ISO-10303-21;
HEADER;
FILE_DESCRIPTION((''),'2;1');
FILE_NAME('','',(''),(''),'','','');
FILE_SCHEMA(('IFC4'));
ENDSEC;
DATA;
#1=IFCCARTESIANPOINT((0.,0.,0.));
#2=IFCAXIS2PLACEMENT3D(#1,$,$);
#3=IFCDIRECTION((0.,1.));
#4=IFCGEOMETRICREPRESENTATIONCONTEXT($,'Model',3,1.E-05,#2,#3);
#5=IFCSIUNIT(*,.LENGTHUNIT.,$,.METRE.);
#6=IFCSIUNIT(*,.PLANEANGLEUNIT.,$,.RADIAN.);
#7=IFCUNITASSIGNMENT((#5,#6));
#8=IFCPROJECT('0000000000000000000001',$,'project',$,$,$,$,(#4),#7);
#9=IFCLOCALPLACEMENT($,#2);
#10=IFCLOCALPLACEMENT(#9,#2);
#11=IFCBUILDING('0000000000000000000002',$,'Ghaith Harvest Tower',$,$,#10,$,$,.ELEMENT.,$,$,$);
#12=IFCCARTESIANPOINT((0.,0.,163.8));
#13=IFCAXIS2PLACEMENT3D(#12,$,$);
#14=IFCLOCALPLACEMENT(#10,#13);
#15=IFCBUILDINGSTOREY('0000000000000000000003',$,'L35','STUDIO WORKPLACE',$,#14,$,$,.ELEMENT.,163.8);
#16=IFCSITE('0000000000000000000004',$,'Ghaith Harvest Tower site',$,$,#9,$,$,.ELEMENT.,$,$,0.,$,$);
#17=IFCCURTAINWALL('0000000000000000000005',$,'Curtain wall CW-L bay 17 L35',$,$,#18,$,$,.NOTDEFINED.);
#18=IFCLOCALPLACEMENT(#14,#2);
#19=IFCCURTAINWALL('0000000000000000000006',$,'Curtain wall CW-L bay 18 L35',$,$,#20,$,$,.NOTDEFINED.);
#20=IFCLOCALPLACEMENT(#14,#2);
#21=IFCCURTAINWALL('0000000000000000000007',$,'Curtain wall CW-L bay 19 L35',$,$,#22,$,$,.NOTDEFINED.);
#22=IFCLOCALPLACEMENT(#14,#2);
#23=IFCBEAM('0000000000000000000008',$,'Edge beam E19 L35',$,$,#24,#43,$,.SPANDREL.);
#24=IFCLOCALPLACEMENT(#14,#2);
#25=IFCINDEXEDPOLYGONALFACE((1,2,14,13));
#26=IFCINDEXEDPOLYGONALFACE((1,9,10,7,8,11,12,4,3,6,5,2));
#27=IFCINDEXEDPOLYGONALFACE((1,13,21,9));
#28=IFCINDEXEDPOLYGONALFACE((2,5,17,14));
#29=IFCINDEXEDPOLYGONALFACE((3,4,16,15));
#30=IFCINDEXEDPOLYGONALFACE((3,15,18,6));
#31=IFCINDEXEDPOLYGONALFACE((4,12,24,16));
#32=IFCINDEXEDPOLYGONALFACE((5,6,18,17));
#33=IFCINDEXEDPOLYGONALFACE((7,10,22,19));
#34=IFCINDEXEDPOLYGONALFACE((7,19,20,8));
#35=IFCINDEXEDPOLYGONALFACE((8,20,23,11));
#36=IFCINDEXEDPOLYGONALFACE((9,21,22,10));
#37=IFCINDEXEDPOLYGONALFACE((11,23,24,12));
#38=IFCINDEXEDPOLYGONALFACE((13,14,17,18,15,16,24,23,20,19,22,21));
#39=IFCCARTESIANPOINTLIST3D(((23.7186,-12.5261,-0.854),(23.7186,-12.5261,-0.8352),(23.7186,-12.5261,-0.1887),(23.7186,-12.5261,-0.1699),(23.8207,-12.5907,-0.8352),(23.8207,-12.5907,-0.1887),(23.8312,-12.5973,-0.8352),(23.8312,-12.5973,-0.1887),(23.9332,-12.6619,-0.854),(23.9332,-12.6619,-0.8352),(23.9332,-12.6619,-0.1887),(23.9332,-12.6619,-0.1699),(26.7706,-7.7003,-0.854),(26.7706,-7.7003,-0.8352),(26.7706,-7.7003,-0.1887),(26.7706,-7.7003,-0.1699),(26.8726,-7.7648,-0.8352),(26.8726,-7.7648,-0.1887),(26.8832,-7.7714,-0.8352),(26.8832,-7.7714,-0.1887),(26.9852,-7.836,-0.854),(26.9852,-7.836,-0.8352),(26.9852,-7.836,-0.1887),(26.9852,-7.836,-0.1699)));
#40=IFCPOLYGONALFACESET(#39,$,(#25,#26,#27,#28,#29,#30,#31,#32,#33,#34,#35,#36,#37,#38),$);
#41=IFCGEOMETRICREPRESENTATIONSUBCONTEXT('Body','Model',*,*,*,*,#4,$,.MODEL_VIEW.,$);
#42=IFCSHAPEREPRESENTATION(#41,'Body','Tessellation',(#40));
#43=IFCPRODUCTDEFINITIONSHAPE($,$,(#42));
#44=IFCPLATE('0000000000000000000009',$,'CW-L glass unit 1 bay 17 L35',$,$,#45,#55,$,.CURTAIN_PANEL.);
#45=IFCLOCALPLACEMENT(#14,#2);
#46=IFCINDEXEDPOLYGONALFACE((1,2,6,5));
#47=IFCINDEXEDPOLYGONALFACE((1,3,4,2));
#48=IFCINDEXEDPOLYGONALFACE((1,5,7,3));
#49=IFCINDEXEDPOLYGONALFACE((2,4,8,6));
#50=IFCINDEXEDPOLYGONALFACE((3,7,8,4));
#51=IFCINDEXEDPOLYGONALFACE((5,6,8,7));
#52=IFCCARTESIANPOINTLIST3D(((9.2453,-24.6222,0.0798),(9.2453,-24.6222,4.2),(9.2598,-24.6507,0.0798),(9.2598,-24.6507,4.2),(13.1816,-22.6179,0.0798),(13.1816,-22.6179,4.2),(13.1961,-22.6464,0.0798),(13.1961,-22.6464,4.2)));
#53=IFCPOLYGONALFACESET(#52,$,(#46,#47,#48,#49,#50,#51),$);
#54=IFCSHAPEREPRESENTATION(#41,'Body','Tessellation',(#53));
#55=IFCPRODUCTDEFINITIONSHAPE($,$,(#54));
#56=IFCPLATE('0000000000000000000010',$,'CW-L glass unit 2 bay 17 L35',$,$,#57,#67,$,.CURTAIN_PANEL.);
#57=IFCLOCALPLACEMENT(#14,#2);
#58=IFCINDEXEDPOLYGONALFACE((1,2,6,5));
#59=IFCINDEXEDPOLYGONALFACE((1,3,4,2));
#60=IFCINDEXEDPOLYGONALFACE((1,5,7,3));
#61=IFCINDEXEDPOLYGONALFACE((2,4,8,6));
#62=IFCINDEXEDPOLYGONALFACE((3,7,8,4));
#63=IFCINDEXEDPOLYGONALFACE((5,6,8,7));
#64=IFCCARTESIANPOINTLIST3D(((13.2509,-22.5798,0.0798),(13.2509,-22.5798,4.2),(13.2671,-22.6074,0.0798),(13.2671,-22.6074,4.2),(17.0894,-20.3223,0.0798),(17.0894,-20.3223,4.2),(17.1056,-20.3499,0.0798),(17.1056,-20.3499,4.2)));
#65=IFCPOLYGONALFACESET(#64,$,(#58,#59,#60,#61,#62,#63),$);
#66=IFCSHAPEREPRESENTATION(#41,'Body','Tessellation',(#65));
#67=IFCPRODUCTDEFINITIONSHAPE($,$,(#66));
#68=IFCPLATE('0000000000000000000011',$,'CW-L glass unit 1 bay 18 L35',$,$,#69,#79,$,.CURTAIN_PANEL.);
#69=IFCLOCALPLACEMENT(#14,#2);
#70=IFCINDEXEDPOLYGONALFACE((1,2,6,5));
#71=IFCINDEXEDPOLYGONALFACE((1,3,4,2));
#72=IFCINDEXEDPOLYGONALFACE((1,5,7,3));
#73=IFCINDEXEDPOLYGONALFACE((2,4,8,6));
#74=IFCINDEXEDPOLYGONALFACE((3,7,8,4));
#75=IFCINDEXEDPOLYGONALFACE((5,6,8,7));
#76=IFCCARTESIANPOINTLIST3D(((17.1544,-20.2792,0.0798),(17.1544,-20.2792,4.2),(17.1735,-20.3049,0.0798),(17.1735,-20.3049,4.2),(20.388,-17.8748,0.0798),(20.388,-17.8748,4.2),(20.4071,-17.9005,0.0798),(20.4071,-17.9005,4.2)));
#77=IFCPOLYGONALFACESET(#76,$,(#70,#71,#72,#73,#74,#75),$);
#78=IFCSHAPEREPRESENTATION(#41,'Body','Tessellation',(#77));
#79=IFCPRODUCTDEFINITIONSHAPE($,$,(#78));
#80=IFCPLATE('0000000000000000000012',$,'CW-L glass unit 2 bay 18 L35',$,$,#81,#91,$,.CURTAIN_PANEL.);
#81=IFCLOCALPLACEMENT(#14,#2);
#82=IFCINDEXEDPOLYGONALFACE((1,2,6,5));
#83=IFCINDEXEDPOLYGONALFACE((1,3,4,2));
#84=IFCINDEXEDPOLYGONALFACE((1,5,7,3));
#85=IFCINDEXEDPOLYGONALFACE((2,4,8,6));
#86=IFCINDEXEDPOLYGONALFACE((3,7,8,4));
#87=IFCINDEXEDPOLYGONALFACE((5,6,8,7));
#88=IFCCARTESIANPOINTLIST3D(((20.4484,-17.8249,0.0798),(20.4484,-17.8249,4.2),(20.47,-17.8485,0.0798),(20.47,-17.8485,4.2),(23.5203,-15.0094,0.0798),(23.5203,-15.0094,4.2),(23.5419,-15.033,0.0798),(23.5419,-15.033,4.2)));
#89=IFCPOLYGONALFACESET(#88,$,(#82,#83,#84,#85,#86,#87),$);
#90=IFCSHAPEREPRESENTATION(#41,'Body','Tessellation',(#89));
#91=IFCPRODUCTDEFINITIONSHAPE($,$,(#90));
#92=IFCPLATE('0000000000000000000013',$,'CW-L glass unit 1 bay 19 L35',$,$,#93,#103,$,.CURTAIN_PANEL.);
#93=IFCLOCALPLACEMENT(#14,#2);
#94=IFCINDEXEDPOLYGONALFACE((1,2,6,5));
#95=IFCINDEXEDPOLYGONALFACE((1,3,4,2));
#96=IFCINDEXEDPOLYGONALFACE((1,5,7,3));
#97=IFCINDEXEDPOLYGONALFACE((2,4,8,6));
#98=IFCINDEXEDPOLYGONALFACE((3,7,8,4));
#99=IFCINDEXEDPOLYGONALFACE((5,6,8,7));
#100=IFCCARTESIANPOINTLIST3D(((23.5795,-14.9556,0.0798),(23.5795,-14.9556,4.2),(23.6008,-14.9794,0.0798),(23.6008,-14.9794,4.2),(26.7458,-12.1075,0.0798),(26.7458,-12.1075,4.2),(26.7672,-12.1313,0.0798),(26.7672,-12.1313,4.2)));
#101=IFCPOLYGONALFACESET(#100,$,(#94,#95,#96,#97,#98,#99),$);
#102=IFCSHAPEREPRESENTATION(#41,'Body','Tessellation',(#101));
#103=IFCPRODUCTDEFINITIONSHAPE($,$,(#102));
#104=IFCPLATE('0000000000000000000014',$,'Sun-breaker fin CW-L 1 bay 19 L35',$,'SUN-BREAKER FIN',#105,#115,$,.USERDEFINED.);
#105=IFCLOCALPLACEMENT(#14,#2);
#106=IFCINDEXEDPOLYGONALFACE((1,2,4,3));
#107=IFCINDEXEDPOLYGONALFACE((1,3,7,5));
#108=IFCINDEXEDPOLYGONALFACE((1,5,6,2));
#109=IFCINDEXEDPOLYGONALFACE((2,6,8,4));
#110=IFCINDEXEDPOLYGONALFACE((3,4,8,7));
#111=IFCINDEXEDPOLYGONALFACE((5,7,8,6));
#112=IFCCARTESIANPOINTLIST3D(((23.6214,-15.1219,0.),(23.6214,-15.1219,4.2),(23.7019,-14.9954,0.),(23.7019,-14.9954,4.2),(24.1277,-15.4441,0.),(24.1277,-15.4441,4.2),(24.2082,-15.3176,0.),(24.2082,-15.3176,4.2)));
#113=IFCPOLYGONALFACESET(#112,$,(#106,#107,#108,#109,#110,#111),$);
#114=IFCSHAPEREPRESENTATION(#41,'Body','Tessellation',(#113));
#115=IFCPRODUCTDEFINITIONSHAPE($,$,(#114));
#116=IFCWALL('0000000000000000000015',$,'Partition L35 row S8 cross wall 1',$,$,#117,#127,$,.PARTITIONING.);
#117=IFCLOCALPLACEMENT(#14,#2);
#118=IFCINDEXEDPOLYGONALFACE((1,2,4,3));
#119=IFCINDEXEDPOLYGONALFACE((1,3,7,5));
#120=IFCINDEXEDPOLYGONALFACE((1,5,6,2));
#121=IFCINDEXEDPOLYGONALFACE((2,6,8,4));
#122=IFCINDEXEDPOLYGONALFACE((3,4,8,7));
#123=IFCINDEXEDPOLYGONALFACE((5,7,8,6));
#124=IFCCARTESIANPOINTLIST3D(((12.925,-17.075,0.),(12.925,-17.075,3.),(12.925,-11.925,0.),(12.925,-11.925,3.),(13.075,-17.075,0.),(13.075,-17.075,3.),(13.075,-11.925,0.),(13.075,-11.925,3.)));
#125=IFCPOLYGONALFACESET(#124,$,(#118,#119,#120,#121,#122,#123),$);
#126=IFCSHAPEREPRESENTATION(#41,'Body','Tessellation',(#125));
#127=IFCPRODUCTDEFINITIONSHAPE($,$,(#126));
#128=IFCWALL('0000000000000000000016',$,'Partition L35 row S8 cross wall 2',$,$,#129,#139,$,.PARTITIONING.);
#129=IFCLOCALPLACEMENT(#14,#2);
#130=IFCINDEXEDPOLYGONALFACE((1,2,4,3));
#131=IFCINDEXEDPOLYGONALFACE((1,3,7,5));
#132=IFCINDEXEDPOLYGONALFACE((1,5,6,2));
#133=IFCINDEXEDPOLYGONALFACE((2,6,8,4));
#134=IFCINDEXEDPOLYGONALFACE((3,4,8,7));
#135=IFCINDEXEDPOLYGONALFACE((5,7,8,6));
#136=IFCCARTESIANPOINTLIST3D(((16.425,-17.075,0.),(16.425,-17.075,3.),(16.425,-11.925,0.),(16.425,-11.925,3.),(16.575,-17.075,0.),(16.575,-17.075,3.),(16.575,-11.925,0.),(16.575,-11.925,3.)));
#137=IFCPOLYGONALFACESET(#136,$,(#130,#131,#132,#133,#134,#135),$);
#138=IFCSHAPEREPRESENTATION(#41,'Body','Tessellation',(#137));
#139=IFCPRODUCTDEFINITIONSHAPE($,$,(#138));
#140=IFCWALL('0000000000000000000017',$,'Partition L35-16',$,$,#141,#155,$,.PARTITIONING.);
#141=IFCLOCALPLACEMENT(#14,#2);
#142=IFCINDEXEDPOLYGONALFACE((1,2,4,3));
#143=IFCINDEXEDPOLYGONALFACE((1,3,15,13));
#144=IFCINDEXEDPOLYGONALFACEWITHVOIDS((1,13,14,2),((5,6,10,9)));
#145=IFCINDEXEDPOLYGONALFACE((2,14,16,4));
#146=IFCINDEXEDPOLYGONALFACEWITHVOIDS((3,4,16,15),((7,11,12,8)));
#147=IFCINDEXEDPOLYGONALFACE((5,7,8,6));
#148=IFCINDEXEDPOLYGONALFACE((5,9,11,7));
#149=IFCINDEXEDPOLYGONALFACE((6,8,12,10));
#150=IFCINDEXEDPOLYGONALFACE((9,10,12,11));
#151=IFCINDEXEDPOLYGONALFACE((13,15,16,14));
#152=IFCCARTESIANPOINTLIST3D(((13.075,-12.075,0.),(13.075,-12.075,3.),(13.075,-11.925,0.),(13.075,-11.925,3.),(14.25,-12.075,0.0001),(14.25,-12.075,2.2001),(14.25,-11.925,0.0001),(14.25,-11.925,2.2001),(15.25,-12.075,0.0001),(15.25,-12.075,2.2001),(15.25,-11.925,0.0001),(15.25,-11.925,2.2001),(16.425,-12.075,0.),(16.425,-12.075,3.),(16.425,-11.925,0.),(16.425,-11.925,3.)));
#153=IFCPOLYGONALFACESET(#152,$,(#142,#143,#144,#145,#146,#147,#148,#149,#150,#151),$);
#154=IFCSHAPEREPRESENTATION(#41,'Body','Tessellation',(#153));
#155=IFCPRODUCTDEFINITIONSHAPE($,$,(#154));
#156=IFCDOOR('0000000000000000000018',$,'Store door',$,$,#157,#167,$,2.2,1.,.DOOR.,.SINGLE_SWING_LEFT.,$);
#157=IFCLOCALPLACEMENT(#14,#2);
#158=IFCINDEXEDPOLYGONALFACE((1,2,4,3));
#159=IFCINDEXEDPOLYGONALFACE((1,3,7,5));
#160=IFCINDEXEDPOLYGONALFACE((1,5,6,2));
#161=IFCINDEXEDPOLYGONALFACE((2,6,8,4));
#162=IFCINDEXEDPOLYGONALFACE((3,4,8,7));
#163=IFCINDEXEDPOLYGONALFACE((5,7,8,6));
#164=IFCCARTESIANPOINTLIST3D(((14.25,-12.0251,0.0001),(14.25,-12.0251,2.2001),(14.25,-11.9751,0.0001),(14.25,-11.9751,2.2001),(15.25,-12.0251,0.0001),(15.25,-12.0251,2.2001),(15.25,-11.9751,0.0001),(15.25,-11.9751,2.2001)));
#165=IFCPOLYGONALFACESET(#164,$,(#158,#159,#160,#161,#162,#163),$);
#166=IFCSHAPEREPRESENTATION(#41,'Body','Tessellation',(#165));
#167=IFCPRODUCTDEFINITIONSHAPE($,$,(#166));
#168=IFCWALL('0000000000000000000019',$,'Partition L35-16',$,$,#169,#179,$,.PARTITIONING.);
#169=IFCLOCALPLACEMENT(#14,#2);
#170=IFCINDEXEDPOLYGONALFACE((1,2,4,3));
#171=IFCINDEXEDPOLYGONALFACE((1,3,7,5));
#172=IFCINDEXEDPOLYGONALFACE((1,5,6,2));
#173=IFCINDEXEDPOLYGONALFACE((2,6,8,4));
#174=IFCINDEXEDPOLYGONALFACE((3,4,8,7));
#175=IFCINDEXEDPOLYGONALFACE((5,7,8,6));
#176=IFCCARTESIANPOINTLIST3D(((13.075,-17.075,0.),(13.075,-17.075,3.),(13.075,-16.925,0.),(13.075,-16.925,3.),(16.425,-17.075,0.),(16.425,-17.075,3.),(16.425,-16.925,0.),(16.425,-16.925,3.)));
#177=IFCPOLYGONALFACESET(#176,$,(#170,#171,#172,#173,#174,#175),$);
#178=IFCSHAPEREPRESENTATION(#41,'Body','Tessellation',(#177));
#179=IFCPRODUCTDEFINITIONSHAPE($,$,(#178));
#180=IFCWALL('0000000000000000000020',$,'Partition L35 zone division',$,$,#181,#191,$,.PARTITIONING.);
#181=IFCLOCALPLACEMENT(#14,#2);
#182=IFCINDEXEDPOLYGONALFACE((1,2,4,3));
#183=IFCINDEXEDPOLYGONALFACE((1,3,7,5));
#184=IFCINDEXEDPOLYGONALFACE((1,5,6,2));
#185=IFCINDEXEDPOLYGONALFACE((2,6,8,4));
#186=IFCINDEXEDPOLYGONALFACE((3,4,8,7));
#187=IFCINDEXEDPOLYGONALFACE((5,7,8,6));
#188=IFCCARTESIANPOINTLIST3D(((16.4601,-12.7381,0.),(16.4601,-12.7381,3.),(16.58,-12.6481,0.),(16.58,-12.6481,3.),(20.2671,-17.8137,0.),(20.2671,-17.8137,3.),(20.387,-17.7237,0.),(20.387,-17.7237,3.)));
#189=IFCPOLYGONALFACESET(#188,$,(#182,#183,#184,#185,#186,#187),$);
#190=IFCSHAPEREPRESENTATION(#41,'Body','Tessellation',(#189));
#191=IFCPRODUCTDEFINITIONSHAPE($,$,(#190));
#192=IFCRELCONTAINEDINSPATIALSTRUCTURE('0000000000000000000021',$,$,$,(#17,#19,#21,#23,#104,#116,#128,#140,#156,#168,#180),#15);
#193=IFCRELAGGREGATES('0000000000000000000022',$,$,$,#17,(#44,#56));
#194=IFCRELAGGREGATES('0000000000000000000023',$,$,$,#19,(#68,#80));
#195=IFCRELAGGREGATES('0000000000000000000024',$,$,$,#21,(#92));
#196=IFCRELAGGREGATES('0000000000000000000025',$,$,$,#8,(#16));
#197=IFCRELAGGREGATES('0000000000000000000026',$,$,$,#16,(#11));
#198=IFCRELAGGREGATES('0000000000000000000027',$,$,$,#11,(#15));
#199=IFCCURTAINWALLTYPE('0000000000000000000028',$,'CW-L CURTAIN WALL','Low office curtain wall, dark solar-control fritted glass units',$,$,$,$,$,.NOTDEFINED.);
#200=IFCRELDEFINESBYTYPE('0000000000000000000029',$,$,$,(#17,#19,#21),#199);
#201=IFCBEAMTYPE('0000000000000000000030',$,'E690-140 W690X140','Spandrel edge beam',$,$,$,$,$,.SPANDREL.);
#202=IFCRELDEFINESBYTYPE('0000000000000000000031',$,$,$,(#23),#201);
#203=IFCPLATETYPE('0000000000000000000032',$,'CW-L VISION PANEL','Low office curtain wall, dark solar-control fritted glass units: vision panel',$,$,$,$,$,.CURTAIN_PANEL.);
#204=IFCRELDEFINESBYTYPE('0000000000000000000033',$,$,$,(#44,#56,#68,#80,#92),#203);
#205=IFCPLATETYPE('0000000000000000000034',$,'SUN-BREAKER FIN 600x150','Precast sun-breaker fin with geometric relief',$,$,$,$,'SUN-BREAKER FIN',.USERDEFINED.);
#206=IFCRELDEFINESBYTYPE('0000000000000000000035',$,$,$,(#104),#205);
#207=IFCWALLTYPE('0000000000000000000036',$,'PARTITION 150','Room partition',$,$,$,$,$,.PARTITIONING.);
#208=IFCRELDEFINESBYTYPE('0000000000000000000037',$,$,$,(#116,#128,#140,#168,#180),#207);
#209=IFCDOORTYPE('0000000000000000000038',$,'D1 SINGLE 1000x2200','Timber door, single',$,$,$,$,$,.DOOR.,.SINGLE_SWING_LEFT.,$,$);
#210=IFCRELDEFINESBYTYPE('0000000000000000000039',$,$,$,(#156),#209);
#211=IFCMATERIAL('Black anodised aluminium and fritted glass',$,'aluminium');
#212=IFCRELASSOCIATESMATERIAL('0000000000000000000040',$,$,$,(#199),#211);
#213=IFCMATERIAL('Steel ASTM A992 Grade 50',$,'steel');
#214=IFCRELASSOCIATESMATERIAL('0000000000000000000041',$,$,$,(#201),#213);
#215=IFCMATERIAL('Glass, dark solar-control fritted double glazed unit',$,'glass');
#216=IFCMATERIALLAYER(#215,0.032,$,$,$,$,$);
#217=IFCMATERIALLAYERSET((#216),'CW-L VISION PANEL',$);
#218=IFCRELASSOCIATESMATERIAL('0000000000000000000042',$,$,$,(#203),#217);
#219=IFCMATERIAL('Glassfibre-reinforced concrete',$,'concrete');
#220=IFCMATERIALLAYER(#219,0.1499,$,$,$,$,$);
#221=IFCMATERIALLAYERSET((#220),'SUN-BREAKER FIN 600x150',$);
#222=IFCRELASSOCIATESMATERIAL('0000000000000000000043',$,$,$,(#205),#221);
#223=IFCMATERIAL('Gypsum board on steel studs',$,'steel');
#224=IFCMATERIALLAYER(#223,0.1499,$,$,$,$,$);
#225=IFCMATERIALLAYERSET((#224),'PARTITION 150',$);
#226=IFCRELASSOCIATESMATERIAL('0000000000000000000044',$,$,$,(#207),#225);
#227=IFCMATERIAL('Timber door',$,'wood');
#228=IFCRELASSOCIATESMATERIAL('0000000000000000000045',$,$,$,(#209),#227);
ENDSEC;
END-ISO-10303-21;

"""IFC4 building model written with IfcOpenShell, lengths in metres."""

from ifc_helpers import new_model, si_unit, direction, frame, frame_2d, origin, origin_2d, place, context, subcontext, project, spatial, rectangle, i_section, extrude, material, layer, layer_set, material_profile, profile_set, type_object, element, fill, aggregate, save


model = new_model("IFC4")

# Units and contexts
model_context = context("Model", 3, precision=1e-05, world=origin(), true_north=direction((0.0, 1.0)))
body_context = subcontext(model_context, "Body", "Model", "MODEL_VIEW")
ifc_project = project(units=[si_unit("LENGTHUNIT", "METRE"), si_unit("PLANEANGLEUNIT", "RADIAN")], contexts=[model_context])

# Site, building, storey
site_placement = place(None, origin())
site = spatial("IfcSite", under=ifc_project, at=site_placement, Name="Ghaith Harvest Tower site", CompositionType="ELEMENT", RefElevation=0.0)
building_placement = place(site_placement, origin())
building = spatial("IfcBuilding", under=site, at=building_placement, Name="Ghaith Harvest Tower", CompositionType="ELEMENT")
storey_placement = place(building_placement, frame((0.0, 0.0, 163.8)))
storey = spatial("IfcBuildingStorey", under=building, at=storey_placement, Name="L35", Description="STUDIO WORKPLACE", CompositionType="ELEMENT", Elevation=163.8)

# Curtain wall
ifc_material_1 = material(Name="Black anodised aluminium and fritted glass", Category="aluminium")
curtain_wall_type = type_object("IfcCurtainWallType", Name="CW-L CURTAIN WALL", Description="Low office curtain wall, dark solar-control fritted glass units", PredefinedType="NOTDEFINED", material=ifc_material_1)
curtain_wall_1_placement = place(storey_placement, origin())
curtain_wall_1 = element("IfcCurtainWall", 1, at=curtain_wall_1_placement, inside=storey, type_object=curtain_wall_type, Name="Curtain wall CW-L bay 17 L35", PredefinedType="NOTDEFINED")

# Curtain walls
curtain_wall_2_placement = place(storey_placement, origin())
curtain_wall_2 = element("IfcCurtainWall", 2, at=curtain_wall_2_placement, inside=storey, type_object=curtain_wall_type, Name="Curtain wall CW-L bay 18 L35", PredefinedType="NOTDEFINED")
curtain_wall_3_placement = place(storey_placement, origin())
curtain_wall_3 = element("IfcCurtainWall", 3, at=curtain_wall_3_placement, inside=storey, type_object=curtain_wall_type, Name="Curtain wall CW-L bay 19 L35", PredefinedType="NOTDEFINED")

# Beam
ifc_material_2 = material(Name="Steel ASTM A992 Grade 50", Category="steel")
ifc_material_profile_1 = material_profile(ifc_material_2, i_section(OverallWidth=0.2539, OverallDepth=0.6841, WebThickness=0.0125, FlangeThickness=0.0188, at=origin_2d()), Name="W690X140")
ifc_profile_set_1 = profile_set([ifc_material_profile_1], Name="Steel ASTM A992 Grade 50")
beam_type = type_object("IfcBeamType", Name="E690-140 W690X140", Description="Spandrel edge beam", PredefinedType="SPANDREL", material=ifc_profile_set_1)
beam_1_placement = place(storey_placement, frame((23.8259, -12.594, -0.512), z_axis=(0.5345, 0.845169, 0.0), x_axis=(-0.845169, 0.5345, 0.0)))
element("IfcBeam", 4, at=beam_1_placement, inside=storey, type_object=beam_type, Name="Edge beam E19 L35", PredefinedType="SPANDREL", context=body_context, shape_type="SweptSolid", body=[
    extrude(i_section(OverallWidth=0.2539, OverallDepth=0.6841, WebThickness=0.0125, FlangeThickness=0.0188, at=origin_2d()), origin(), (0.0, 0.0, 1.0), 5.71),
])

# Plates
ifc_material_3 = material(Name="Glass, dark solar-control fritted double glazed unit", Category="glass")
ifc_layer_1 = layer(ifc_material_3, 0.032)
ifc_layer_set_1 = layer_set([ifc_layer_1], Name="CW-L VISION PANEL")
plate_type_1 = type_object("IfcPlateType", Name="CW-L VISION PANEL", Description="Low office curtain wall, dark solar-control fritted glass units: vision panel", PredefinedType="CURTAIN_PANEL", material=ifc_layer_set_1)
plate_1_placement = place(storey_placement, frame((11.2207, -23.6343, 0.0798), z_axis=(0.0, 0.0, 1.0), x_axis=(0.891127, 0.453754, 0.0)))
plate_1 = element("IfcPlate", 5, at=plate_1_placement, type_object=plate_type_1, Name="CW-L glass unit 1 bay 17 L35", PredefinedType="CURTAIN_PANEL", context=body_context, shape_type="SweptSolid", body=[
    extrude(rectangle(XDim=4.4172, YDim=0.032, at=origin_2d()), origin(), (0.0, 0.0, 1.0), 4.1201),
])
plate_2_placement = place(storey_placement, frame((15.1782, -21.4648, 0.0798), z_axis=(0.0, 0.0, 1.0), x_axis=(0.861979, 0.506943, 0.0)))
plate_2 = element("IfcPlate", 6, at=plate_2_placement, type_object=plate_type_1, Name="CW-L glass unit 2 bay 17 L35", PredefinedType="CURTAIN_PANEL", context=body_context, shape_type="SweptSolid", body=[
    extrude(rectangle(XDim=4.4531, YDim=0.032, at=origin_2d()), origin(), (0.0, 0.0, 1.0), 4.1201),
])
aggregate(curtain_wall_1, [plate_1, plate_2])
plate_3_placement = place(storey_placement, frame((18.7808, -19.0898, 0.0798), z_axis=(0.0, 0.0, 1.0), x_axis=(0.802462, 0.596703, 0.0)))
plate_3 = element("IfcPlate", 7, at=plate_3_placement, type_object=plate_type_1, Name="CW-L glass unit 1 bay 18 L35", PredefinedType="CURTAIN_PANEL", context=body_context, shape_type="SweptSolid", body=[
    extrude(rectangle(XDim=4.0295, YDim=0.032, at=origin_2d()), origin(), (0.0, 0.0, 1.0), 4.1201),
])
plate_4_placement = place(storey_placement, frame((21.9951, -16.429, 0.0798), z_axis=(0.0, 0.0, 1.0), x_axis=(0.737202, 0.675673, 0.0)))
plate_4 = element("IfcPlate", 8, at=plate_4_placement, type_object=plate_type_1, Name="CW-L glass unit 2 bay 18 L35", PredefinedType="CURTAIN_PANEL", context=body_context, shape_type="SweptSolid", body=[
    extrude(rectangle(XDim=4.167, YDim=0.032, at=origin_2d()), origin(), (0.0, 0.0, 1.0), 4.1201),
])
aggregate(curtain_wall_2, [plate_3, plate_4])
plate_5_placement = place(storey_placement, frame((25.1733, -13.5435, 0.0798), z_axis=(0.0, 0.0, 1.0), x_axis=(0.743493, 0.668744, 0.0)))
plate_5 = element("IfcPlate", 9, at=plate_5_placement, type_object=plate_type_1, Name="CW-L glass unit 1 bay 19 L35", PredefinedType="CURTAIN_PANEL", context=body_context, shape_type="SweptSolid", body=[
    extrude(rectangle(XDim=4.2588, YDim=0.032, at=origin_2d()), origin(), (0.0, 0.0, 1.0), 4.1201),
])
aggregate(curtain_wall_3, [plate_5])
ifc_material_4 = material(Name="Glassfibre-reinforced concrete", Category="concrete")
ifc_layer_2 = layer(ifc_material_4, 0.1499)
ifc_layer_set_2 = layer_set([ifc_layer_2], Name="SUN-BREAKER FIN 600x150")
plate_type_2 = type_object("IfcPlateType", Name="SUN-BREAKER FIN 600x150", Description="Precast sun-breaker fin with geometric relief", ElementType="SUN-BREAKER FIN", PredefinedType="USERDEFINED", material=ifc_layer_set_2)
plate_6_placement = place(storey_placement, frame((23.9148, -15.2197, 0.0), z_axis=(0.0, 0.0, 1.0), x_axis=(0.843644, -0.536903, 0.0)))
element("IfcPlate", 10, at=plate_6_placement, inside=storey, type_object=plate_type_2, Name="Sun-breaker fin CW-L 1 bay 19 L35", ObjectType="SUN-BREAKER FIN", PredefinedType="USERDEFINED", context=body_context, shape_type="SweptSolid", body=[
    extrude(rectangle(XDim=0.6001, YDim=0.1499, at=origin_2d()), origin(), (0.0, 0.0, 1.0), 4.2),
])

# Walls
ifc_material_5 = material(Name="Gypsum board on steel studs", Category="steel")
ifc_layer_3 = layer(ifc_material_5, 0.1499)
ifc_layer_set_3 = layer_set([ifc_layer_3], Name="PARTITION 150")
wall_type = type_object("IfcWallType", Name="PARTITION 150", Description="Room partition", PredefinedType="PARTITIONING", material=ifc_layer_set_3)
for number, where, z_axis, x_axis, name in (
    (11, (13.0, -11.925, 0.0), (0.0, 0.0, 1.0), (0.0, -1.0, 0.0), "Partition L35 row S8 cross wall 1"),
    (12, (16.5, -11.925, 0.0), (0.0, 0.0, 1.0), (0.0, -1.0, 0.0), "Partition L35 row S8 cross wall 2"),
):
    element("IfcWall", number, at=place(storey_placement, frame(where, z_axis=z_axis, x_axis=x_axis)), inside=storey, type_object=wall_type, Name=name, PredefinedType="PARTITIONING", context=body_context, shape_type="SweptSolid", body=[
        extrude(rectangle(XDim=5.1499, YDim=0.1499, at=frame_2d((2.575, 0.0))), origin(), (0.0, 0.0, 1.0), 3.0),
    ])

# Wall, opening, door
wall_1_placement = place(storey_placement, frame((13.075, -12.0, 0.0), z_axis=(0.0, 0.0, 1.0), x_axis=(1.0, 0.0, 0.0)))
wall_1 = element("IfcWall", 13, at=wall_1_placement, inside=storey, type_object=wall_type, Name="Partition L35-16", PredefinedType="PARTITIONING", context=body_context, shape_type="SweptSolid", body=[
    extrude(rectangle(XDim=3.3501, YDim=0.1499, at=frame_2d((1.675, 0.0))), origin(), (0.0, 0.0, 1.0), 3.0),
])
opening_placement = place(wall_1_placement, frame((1.175, 0.0, 0.0)))
opening = element("IfcOpeningElement", 14, at=opening_placement, cuts=wall_1, PredefinedType="OPENING", context=body_context, shape_type="SweptSolid", body=[
    extrude(rectangle(XDim=1.0, YDim=2.2, at=frame_2d((0.5, 1.1001))), frame((0.0, 0.085, 0.0), z_axis=(0.0, -1.0, 0.0), x_axis=(1.0, 0.0, 0.0)), (0.0, 0.0, 1.0), 0.1699),
])
ifc_material_6 = material(Name="Timber door", Category="wood")
door_type = type_object("IfcDoorType", Name="D1 SINGLE 1000x2200", Description="Timber door, single", OperationType="SINGLE_SWING_LEFT", PredefinedType="DOOR", material=ifc_material_6)
door_placement = place(opening_placement, origin())
door = element("IfcDoor", 15, at=door_placement, inside=storey, type_object=door_type, Name="Store door", OperationType="SINGLE_SWING_LEFT", OverallHeight=2.2, OverallWidth=1.0, PredefinedType="DOOR", context=body_context, shape_type="SweptSolid", body=[
    extrude(rectangle(XDim=1.0, YDim=2.2, at=frame_2d((0.5, 1.1001))), frame((0.0, 0.0249, 0.0), z_axis=(0.0, -1.0, 0.0), x_axis=(1.0, 0.0, 0.0)), (0.0, 0.0, 1.0), 0.05),
])
fill(opening, door)

# Walls
wall_2_placement = place(storey_placement, frame((13.075, -17.0, 0.0), z_axis=(0.0, 0.0, 1.0), x_axis=(1.0, 0.0, 0.0)))
element("IfcWall", 16, at=wall_2_placement, inside=storey, type_object=wall_type, Name="Partition L35-16", PredefinedType="PARTITIONING", context=body_context, shape_type="SweptSolid", body=[
    extrude(rectangle(XDim=3.3501, YDim=0.1499, at=frame_2d((1.675, 0.0))), origin(), (0.0, 0.0, 1.0), 3.0),
])
wall_3_placement = place(storey_placement, frame((16.52, -12.6931, 0.0), z_axis=(0.0, 0.0, 1.0), x_axis=(0.600037, -0.799972, 0.0)))
element("IfcWall", 17, at=wall_3_placement, inside=storey, type_object=wall_type, Name="Partition L35 zone division", PredefinedType="PARTITIONING", context=body_context, shape_type="SweptSolid", body=[
    extrude(rectangle(XDim=6.3447, YDim=0.1499, at=frame_2d((3.1724, 0.0))), origin(), (0.0, 0.0, 1.0), 3.0),
])

save(model, "model.ifc")
